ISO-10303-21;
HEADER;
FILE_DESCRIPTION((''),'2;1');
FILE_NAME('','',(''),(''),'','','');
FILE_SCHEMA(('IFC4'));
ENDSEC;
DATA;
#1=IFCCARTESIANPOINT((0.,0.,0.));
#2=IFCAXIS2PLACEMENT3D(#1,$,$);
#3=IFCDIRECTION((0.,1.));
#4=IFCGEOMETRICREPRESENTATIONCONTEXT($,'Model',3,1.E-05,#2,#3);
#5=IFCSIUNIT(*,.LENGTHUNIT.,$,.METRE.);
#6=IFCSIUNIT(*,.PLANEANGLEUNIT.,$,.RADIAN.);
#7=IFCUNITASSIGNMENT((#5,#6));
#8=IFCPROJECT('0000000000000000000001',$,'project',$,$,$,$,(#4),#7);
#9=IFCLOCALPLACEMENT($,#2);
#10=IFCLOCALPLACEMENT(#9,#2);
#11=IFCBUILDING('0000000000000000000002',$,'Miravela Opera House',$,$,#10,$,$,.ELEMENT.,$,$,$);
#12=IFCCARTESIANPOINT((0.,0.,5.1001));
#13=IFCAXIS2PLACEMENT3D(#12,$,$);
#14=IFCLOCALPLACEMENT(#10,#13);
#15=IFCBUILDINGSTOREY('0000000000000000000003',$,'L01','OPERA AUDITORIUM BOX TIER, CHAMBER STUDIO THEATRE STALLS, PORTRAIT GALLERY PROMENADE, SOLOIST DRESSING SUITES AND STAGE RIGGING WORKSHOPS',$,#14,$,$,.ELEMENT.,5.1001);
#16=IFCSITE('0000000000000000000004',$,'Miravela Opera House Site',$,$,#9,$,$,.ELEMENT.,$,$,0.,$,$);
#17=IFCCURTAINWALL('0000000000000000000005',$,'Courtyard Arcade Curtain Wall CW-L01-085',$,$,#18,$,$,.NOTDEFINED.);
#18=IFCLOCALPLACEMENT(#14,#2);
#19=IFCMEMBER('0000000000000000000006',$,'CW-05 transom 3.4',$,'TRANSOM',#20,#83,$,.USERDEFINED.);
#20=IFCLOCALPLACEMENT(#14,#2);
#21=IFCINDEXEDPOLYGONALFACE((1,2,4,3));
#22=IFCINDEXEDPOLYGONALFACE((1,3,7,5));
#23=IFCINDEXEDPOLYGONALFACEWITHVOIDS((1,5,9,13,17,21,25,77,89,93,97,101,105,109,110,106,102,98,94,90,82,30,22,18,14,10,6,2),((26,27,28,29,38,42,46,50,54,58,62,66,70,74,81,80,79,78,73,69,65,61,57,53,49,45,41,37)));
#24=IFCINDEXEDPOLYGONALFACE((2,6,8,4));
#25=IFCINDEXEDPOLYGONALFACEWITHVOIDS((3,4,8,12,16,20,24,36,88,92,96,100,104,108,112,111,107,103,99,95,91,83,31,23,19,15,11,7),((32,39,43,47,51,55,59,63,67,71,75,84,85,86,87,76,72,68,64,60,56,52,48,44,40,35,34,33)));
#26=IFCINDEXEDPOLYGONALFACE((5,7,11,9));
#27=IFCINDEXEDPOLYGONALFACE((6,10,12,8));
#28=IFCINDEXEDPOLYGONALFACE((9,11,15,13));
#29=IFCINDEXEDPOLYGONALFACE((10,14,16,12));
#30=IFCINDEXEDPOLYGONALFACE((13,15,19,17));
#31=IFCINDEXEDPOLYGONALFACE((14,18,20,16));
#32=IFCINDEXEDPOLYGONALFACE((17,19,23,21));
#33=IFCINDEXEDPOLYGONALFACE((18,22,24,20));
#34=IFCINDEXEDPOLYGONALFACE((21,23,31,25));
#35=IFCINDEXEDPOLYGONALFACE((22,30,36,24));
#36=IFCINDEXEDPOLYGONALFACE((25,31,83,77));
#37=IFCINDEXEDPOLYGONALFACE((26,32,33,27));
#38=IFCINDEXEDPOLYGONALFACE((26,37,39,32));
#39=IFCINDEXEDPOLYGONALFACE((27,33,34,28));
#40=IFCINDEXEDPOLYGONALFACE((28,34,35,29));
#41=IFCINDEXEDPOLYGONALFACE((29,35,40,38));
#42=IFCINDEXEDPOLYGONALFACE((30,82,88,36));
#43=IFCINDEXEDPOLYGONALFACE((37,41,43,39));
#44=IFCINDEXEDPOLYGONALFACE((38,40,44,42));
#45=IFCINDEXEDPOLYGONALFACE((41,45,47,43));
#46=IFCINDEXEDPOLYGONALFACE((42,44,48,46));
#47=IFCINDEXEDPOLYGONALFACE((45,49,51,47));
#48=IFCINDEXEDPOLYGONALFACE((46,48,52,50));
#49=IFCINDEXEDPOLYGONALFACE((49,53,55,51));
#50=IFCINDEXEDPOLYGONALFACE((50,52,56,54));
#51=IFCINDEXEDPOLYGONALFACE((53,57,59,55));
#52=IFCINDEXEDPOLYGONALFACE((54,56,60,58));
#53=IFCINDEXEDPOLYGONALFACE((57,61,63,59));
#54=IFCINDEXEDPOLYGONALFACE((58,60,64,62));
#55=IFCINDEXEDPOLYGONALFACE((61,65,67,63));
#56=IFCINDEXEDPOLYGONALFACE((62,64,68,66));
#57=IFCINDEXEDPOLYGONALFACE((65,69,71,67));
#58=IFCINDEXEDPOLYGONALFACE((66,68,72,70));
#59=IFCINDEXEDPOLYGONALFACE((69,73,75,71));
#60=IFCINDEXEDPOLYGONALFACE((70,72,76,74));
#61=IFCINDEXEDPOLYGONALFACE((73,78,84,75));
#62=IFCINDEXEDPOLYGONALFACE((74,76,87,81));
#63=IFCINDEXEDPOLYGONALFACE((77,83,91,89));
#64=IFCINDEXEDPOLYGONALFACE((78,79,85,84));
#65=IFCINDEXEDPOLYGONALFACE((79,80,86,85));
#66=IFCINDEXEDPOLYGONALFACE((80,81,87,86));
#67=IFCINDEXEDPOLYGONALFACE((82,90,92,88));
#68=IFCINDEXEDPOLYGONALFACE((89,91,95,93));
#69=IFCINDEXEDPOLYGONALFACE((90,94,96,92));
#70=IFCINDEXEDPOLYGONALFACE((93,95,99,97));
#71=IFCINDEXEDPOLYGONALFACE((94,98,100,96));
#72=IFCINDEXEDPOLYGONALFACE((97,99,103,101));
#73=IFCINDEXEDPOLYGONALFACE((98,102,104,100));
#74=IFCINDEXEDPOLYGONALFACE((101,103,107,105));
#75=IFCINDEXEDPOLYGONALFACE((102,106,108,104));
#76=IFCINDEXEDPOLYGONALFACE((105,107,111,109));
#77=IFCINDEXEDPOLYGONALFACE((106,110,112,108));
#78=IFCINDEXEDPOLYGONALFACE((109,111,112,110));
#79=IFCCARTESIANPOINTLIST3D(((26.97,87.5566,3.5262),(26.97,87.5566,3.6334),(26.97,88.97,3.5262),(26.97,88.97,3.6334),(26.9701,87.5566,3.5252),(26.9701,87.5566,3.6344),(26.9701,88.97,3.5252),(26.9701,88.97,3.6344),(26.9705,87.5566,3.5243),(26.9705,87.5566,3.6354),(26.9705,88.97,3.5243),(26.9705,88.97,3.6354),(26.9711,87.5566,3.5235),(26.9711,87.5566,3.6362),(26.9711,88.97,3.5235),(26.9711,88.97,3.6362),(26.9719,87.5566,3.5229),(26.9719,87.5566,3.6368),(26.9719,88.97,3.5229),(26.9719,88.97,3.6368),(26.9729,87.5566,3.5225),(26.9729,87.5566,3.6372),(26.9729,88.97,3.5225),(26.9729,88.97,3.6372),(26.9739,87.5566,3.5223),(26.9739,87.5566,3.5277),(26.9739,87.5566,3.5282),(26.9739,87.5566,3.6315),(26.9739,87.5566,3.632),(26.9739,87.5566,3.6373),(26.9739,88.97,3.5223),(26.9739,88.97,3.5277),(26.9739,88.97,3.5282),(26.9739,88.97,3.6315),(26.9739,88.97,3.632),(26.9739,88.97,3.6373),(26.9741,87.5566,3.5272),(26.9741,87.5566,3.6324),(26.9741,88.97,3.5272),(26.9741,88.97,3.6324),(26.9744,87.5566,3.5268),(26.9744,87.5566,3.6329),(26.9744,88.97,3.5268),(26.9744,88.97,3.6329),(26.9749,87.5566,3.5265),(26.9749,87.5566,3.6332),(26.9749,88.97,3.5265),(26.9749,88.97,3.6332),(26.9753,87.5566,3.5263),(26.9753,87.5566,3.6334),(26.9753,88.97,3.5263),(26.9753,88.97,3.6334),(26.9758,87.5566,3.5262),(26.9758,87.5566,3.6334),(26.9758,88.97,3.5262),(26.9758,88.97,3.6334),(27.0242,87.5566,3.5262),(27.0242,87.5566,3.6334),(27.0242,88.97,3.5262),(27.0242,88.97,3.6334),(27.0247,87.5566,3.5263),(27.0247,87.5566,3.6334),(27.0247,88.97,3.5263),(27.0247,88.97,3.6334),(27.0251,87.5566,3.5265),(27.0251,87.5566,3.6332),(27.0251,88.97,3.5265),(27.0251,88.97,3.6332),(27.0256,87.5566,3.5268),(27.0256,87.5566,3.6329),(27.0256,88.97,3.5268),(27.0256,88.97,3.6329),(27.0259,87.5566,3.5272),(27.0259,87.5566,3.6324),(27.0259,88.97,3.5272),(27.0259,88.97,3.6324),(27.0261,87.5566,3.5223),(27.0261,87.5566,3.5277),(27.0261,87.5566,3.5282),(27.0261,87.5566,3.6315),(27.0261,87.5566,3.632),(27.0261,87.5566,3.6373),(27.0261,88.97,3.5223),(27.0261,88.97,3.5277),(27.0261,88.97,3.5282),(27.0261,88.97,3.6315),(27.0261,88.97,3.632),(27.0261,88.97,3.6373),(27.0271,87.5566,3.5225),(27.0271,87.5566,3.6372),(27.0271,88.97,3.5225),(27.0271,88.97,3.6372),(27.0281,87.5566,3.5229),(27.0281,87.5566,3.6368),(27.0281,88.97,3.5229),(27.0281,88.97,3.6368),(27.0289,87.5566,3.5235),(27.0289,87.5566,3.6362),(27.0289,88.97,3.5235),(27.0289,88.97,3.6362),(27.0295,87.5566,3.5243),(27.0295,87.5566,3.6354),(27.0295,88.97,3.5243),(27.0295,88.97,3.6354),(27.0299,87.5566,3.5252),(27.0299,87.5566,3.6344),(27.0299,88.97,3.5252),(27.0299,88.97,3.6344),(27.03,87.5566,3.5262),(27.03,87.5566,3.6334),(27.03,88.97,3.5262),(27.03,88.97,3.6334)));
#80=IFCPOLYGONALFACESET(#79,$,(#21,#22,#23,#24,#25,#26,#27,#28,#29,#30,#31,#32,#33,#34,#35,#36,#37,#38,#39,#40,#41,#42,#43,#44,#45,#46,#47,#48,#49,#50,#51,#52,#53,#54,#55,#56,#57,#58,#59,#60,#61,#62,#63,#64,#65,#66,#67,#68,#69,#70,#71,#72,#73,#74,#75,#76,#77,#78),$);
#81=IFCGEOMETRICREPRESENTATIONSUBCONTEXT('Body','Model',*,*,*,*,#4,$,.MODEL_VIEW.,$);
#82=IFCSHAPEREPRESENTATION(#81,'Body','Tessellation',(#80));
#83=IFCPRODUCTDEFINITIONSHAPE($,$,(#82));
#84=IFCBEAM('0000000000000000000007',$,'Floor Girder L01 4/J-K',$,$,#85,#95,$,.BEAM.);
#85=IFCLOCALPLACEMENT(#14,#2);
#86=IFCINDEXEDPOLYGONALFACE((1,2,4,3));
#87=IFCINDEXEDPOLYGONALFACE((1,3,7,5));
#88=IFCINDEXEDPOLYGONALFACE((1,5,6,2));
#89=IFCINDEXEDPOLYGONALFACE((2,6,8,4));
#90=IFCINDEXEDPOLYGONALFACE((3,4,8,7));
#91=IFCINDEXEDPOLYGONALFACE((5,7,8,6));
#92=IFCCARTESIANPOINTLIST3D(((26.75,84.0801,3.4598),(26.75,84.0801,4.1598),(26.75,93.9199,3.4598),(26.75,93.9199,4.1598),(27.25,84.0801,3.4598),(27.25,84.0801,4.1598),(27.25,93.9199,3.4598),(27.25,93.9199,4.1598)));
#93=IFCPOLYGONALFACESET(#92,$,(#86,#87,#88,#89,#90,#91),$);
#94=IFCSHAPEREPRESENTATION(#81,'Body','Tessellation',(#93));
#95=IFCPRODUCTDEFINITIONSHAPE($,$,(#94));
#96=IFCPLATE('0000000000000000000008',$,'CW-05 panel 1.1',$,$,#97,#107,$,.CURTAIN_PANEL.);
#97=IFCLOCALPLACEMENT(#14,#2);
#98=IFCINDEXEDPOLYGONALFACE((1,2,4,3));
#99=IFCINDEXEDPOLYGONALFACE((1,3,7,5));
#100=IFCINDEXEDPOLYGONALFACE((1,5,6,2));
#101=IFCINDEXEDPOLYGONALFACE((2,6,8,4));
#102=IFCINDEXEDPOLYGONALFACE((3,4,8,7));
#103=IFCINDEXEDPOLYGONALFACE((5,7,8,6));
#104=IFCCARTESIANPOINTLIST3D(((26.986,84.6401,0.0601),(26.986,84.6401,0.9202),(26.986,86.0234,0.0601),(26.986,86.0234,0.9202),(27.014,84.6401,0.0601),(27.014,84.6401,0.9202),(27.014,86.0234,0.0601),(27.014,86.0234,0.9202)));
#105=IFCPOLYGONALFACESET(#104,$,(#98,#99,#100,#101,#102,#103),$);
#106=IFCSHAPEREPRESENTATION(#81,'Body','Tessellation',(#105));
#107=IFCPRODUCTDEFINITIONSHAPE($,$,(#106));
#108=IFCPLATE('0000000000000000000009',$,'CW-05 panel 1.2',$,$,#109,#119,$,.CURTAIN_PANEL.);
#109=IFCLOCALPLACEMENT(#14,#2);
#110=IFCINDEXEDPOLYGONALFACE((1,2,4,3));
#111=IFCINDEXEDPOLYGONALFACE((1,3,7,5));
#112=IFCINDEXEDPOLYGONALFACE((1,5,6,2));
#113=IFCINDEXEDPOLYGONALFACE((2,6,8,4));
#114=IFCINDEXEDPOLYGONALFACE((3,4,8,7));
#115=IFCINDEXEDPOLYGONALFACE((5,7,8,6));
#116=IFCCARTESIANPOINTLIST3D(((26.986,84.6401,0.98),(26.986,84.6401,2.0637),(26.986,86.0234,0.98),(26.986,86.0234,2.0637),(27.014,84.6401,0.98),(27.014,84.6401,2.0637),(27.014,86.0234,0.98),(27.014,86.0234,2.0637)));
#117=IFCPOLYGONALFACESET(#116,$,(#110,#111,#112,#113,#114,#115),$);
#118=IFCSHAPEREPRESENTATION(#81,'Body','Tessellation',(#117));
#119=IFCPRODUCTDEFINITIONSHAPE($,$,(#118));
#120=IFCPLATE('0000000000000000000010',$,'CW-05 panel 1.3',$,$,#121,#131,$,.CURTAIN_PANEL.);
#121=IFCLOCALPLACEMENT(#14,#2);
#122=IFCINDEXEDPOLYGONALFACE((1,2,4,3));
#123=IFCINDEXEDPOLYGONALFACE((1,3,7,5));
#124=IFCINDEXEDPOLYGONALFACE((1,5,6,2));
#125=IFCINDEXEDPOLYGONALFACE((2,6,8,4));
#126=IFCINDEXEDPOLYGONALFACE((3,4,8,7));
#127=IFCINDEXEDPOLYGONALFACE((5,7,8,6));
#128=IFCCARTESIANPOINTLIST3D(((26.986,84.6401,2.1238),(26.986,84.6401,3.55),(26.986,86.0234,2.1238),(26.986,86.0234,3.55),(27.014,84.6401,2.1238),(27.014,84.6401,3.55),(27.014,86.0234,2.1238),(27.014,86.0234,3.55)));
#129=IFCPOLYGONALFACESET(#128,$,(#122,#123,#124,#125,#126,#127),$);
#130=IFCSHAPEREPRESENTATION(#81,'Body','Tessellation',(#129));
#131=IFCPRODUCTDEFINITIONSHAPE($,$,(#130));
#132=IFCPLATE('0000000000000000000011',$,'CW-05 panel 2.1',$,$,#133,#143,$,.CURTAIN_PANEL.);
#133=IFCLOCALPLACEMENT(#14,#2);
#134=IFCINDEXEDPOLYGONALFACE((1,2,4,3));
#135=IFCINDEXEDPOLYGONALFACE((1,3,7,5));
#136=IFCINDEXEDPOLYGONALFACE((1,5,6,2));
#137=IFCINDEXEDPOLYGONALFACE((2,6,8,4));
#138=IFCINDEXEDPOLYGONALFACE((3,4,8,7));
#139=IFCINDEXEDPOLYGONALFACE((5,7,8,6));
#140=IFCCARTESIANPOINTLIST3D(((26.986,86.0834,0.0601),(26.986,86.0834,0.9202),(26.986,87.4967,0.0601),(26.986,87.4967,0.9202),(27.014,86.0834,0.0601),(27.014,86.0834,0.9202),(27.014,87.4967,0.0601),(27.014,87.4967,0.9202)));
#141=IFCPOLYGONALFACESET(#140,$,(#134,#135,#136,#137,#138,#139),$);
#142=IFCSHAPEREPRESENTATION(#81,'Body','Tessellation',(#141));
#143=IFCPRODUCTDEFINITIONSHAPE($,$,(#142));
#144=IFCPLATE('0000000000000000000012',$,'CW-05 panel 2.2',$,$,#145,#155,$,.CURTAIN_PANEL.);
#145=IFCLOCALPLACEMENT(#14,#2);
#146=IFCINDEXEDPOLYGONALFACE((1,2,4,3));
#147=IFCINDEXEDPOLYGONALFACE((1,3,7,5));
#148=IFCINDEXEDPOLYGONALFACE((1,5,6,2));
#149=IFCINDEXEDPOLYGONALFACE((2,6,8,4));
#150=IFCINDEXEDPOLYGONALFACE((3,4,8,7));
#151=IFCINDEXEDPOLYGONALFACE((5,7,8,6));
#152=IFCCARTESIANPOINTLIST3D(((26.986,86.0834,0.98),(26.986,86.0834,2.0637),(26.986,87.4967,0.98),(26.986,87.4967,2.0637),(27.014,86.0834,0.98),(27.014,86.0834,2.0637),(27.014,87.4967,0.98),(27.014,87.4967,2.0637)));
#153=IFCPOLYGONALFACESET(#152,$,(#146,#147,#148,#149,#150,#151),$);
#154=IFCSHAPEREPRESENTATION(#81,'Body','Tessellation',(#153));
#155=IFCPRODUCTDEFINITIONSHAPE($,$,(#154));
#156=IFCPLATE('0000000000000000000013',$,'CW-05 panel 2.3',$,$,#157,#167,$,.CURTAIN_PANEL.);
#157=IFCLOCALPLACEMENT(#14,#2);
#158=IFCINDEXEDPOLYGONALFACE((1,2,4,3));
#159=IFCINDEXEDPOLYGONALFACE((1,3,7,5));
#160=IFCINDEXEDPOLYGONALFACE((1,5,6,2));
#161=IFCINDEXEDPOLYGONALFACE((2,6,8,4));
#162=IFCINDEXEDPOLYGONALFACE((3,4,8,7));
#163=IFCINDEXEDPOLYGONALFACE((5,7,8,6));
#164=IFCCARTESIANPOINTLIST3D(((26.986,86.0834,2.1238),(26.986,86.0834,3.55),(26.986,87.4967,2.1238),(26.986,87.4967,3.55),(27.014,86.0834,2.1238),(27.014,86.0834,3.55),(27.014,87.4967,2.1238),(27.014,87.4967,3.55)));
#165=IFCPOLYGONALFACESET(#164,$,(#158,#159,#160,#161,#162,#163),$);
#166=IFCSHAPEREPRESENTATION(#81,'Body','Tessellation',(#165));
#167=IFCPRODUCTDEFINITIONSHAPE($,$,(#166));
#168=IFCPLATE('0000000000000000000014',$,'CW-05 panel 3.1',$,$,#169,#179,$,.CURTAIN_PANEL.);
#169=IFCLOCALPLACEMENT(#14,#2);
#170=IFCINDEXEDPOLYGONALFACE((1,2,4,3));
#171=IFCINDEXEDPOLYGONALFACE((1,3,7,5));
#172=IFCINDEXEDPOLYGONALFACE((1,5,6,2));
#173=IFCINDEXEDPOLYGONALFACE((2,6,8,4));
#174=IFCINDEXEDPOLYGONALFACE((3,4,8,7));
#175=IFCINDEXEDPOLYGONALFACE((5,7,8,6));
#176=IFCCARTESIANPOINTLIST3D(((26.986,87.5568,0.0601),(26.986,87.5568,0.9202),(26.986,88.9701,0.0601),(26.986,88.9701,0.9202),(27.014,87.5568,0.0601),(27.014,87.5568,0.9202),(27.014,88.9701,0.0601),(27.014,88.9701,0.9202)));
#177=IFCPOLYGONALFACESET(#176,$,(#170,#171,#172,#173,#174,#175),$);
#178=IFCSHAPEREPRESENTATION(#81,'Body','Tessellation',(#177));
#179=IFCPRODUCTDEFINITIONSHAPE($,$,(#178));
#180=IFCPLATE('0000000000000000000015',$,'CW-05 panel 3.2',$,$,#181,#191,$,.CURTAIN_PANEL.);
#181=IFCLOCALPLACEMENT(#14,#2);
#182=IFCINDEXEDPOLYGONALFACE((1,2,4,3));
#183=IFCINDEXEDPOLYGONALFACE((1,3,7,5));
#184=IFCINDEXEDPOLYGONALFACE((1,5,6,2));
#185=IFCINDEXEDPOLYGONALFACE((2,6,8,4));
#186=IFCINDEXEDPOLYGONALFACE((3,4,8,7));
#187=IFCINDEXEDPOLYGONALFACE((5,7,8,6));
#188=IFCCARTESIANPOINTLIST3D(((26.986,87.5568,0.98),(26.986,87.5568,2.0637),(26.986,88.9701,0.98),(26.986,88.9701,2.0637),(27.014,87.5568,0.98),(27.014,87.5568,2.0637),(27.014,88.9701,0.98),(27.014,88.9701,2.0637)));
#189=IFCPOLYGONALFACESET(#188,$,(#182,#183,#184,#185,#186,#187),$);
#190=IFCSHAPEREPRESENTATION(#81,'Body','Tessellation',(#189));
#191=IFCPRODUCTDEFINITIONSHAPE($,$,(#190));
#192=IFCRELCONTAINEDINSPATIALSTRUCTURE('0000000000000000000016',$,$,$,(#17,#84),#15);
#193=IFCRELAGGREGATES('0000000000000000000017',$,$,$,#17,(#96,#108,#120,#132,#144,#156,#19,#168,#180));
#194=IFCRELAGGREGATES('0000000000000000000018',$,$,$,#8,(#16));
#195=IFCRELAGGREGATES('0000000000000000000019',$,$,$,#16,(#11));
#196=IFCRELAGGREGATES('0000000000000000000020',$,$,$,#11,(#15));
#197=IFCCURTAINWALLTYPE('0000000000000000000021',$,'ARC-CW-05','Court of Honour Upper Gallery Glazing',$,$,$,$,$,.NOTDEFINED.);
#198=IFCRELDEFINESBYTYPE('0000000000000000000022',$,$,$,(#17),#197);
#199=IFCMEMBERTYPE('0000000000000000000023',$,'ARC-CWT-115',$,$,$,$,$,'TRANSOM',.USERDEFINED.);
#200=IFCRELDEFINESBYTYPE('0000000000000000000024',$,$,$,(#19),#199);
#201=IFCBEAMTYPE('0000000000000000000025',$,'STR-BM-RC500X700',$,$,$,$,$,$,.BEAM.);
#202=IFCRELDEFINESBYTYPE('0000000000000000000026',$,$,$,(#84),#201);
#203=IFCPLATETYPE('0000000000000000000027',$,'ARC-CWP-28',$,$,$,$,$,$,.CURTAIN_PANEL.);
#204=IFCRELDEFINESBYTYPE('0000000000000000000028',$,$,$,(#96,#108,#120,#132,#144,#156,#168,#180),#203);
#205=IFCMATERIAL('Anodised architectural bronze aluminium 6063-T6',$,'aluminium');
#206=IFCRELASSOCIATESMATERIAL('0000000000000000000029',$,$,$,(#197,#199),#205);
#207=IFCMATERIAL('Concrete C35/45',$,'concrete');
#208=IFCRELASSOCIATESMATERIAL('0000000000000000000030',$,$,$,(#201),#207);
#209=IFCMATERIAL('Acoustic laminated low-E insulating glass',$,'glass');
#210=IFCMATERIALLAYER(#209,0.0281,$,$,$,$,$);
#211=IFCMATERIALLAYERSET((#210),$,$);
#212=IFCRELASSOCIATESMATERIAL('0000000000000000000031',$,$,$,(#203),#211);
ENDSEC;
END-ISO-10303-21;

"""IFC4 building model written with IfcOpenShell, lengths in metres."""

from ifc_helpers import new_model, si_unit, direction, frame, origin, origin_2d, place, context, subcontext, project, spatial, rectangle, hollow_rectangle, extrude, material, layer, layer_set, material_profile, profile_set, type_object, element, aggregate, save


model = new_model("IFC4")

# Units and contexts
model_context = context("Model", 3, precision=1e-05, world=origin(), true_north=direction((0.0, 1.0)))
body_context = subcontext(model_context, "Body", "Model", "MODEL_VIEW")
ifc_project = project(units=[si_unit("LENGTHUNIT", "METRE"), si_unit("PLANEANGLEUNIT", "RADIAN")], contexts=[model_context])

# Site, building, storey
site_placement = place(None, origin())
site = spatial("IfcSite", under=ifc_project, at=site_placement, Name="Miravela Opera House Site", CompositionType="ELEMENT", RefElevation=0.0)
building_placement = place(site_placement, origin())
building = spatial("IfcBuilding", under=site, at=building_placement, Name="Miravela Opera House", CompositionType="ELEMENT")
storey_placement = place(building_placement, frame((0.0, 0.0, 5.1001)))
storey = spatial("IfcBuildingStorey", under=building, at=storey_placement, Name="L01", Description="OPERA AUDITORIUM BOX TIER, CHAMBER STUDIO THEATRE STALLS, PORTRAIT GALLERY PROMENADE, SOLOIST DRESSING SUITES AND STAGE RIGGING WORKSHOPS", CompositionType="ELEMENT", Elevation=5.1001)

# Curtain wall, member
ifc_material_1 = material(Name="Anodised architectural bronze aluminium 6063-T6", Category="aluminium")
curtain_wall_type = type_object("IfcCurtainWallType", Name="ARC-CW-05", Description="Court of Honour Upper Gallery Glazing", PredefinedType="NOTDEFINED", material=ifc_material_1)
curtain_wall_placement = place(storey_placement, origin())
curtain_wall = element("IfcCurtainWall", 1, at=curtain_wall_placement, inside=storey, type_object=curtain_wall_type, Name="Courtyard Arcade Curtain Wall CW-L01-085", PredefinedType="NOTDEFINED")
ifc_material_profile_1 = material_profile(ifc_material_1, hollow_rectangle(XDim=0.0601, YDim=0.115, WallThickness=0.0039, InnerFilletRadius=0.002, OuterFilletRadius=0.0039, at=origin_2d()), Name="CWT-60X115")
ifc_profile_set_1 = profile_set([ifc_material_profile_1])
member_type_1 = type_object("IfcMemberType", Name="ARC-CWT-115", ElementType="TRANSOM", PredefinedType="USERDEFINED", material=ifc_profile_set_1)
member_1_placement = place(storey_placement, frame((27.0, 87.5566, 3.5798), z_axis=(0.0, 1.0, 0.0), x_axis=(-1.0, 0.0, 0.0)))
member_1 = element("IfcMember", 2, at=member_1_placement, type_object=member_type_1, Name="CW-05 transom 3.4", ObjectType="TRANSOM", PredefinedType="USERDEFINED", context=body_context, shape_type="SweptSolid", body=[
    extrude(hollow_rectangle(XDim=0.0601, YDim=0.115, WallThickness=0.0039, InnerFilletRadius=0.002, OuterFilletRadius=0.0039, at=origin_2d()), origin(), (0.0, 0.0, 1.0), 1.4133),
])

# Beam
ifc_material_2 = material(Name="Concrete C35/45", Category="concrete")
ifc_material_profile_2 = material_profile(ifc_material_2, rectangle(XDim=0.5, YDim=0.7, at=origin_2d()), Name="RC-BM-500X700")
ifc_profile_set_2 = profile_set([ifc_material_profile_2])
beam_type = type_object("IfcBeamType", Name="STR-BM-RC500X700", PredefinedType="BEAM", material=ifc_profile_set_2)
beam_placement = place(storey_placement, frame((27.0, 84.0801, 3.8098), z_axis=(0.0, 1.0, 0.0), x_axis=(-1.0, 0.0, 0.0)))
element("IfcBeam", 3, at=beam_placement, inside=storey, type_object=beam_type, Name="Floor Girder L01 4/J-K", PredefinedType="BEAM", context=body_context, shape_type="SweptSolid", body=[
    extrude(rectangle(XDim=0.5, YDim=0.7, at=origin_2d()), origin(), (0.0, 0.0, 1.0), 9.8398),
])

# Plates
ifc_material_3 = material(Name="Acoustic laminated low-E insulating glass", Category="glass")
ifc_layer = layer(ifc_material_3, 0.0281)
ifc_layer_set = layer_set([ifc_layer])
plate_type = type_object("IfcPlateType", Name="ARC-CWP-28", PredefinedType="CURTAIN_PANEL", material=ifc_layer_set)
plate_1_placement = place(storey_placement, frame((27.0, 85.3318, 0.0601), z_axis=(0.0, 0.0, 1.0), x_axis=(0.0, 1.0, 0.0)))
plate_1 = element("IfcPlate", 4, at=plate_1_placement, type_object=plate_type, Name="CW-05 panel 1.1", PredefinedType="CURTAIN_PANEL", context=body_context, shape_type="SweptSolid", body=[
    extrude(rectangle(XDim=1.3833, YDim=0.0281, at=origin_2d()), origin(), (0.0, 0.0, 1.0), 0.8601),
])
plate_2_placement = place(storey_placement, frame((27.0, 85.3318, 0.98), z_axis=(0.0, 0.0, 1.0), x_axis=(0.0, 1.0, 0.0)))
plate_2 = element("IfcPlate", 5, at=plate_2_placement, type_object=plate_type, Name="CW-05 panel 1.2", PredefinedType="CURTAIN_PANEL", context=body_context, shape_type="SweptSolid", body=[
    extrude(rectangle(XDim=1.3833, YDim=0.0281, at=origin_2d()), origin(), (0.0, 0.0, 1.0), 1.0837),
])
plate_3_placement = place(storey_placement, frame((27.0, 85.3318, 2.1238), z_axis=(0.0, 0.0, 1.0), x_axis=(0.0, 1.0, 0.0)))
plate_3 = element("IfcPlate", 6, at=plate_3_placement, type_object=plate_type, Name="CW-05 panel 1.3", PredefinedType="CURTAIN_PANEL", context=body_context, shape_type="SweptSolid", body=[
    extrude(rectangle(XDim=1.3833, YDim=0.0281, at=origin_2d()), origin(), (0.0, 0.0, 1.0), 1.4263),
])
plate_4_placement = place(storey_placement, frame((27.0, 86.79, 0.0601), z_axis=(0.0, 0.0, 1.0), x_axis=(0.0, 1.0, 0.0)))
plate_4 = element("IfcPlate", 7, at=plate_4_placement, type_object=plate_type, Name="CW-05 panel 2.1", PredefinedType="CURTAIN_PANEL", context=body_context, shape_type="SweptSolid", body=[
    extrude(rectangle(XDim=1.4133, YDim=0.0281, at=origin_2d()), origin(), (0.0, 0.0, 1.0), 0.8601),
])
plate_5_placement = place(storey_placement, frame((27.0, 86.79, 0.98), z_axis=(0.0, 0.0, 1.0), x_axis=(0.0, 1.0, 0.0)))
plate_5 = element("IfcPlate", 8, at=plate_5_placement, type_object=plate_type, Name="CW-05 panel 2.2", PredefinedType="CURTAIN_PANEL", context=body_context, shape_type="SweptSolid", body=[
    extrude(rectangle(XDim=1.4133, YDim=0.0281, at=origin_2d()), origin(), (0.0, 0.0, 1.0), 1.0837),
])
plate_6_placement = place(storey_placement, frame((27.0, 86.79, 2.1238), z_axis=(0.0, 0.0, 1.0), x_axis=(0.0, 1.0, 0.0)))
plate_6 = element("IfcPlate", 9, at=plate_6_placement, type_object=plate_type, Name="CW-05 panel 2.3", PredefinedType="CURTAIN_PANEL", context=body_context, shape_type="SweptSolid", body=[
    extrude(rectangle(XDim=1.4133, YDim=0.0281, at=origin_2d()), origin(), (0.0, 0.0, 1.0), 1.4263),
])
plate_7_placement = place(storey_placement, frame((27.0, 88.2634, 0.0601), z_axis=(0.0, 0.0, 1.0), x_axis=(0.0, 1.0, 0.0)))
plate_7 = element("IfcPlate", 10, at=plate_7_placement, type_object=plate_type, Name="CW-05 panel 3.1", PredefinedType="CURTAIN_PANEL", context=body_context, shape_type="SweptSolid", body=[
    extrude(rectangle(XDim=1.4133, YDim=0.0281, at=origin_2d()), origin(), (0.0, 0.0, 1.0), 0.8601),
])
plate_8_placement = place(storey_placement, frame((27.0, 88.2634, 0.98), z_axis=(0.0, 0.0, 1.0), x_axis=(0.0, 1.0, 0.0)))
plate_8 = element("IfcPlate", 11, at=plate_8_placement, type_object=plate_type, Name="CW-05 panel 3.2", PredefinedType="CURTAIN_PANEL", context=body_context, shape_type="SweptSolid", body=[
    extrude(rectangle(XDim=1.4133, YDim=0.0281, at=origin_2d()), origin(), (0.0, 0.0, 1.0), 1.0837),
])
aggregate(curtain_wall, [plate_1, plate_2, plate_3, plate_4, plate_5, plate_6, member_1, plate_7, plate_8])

save(model, "model.ifc")
